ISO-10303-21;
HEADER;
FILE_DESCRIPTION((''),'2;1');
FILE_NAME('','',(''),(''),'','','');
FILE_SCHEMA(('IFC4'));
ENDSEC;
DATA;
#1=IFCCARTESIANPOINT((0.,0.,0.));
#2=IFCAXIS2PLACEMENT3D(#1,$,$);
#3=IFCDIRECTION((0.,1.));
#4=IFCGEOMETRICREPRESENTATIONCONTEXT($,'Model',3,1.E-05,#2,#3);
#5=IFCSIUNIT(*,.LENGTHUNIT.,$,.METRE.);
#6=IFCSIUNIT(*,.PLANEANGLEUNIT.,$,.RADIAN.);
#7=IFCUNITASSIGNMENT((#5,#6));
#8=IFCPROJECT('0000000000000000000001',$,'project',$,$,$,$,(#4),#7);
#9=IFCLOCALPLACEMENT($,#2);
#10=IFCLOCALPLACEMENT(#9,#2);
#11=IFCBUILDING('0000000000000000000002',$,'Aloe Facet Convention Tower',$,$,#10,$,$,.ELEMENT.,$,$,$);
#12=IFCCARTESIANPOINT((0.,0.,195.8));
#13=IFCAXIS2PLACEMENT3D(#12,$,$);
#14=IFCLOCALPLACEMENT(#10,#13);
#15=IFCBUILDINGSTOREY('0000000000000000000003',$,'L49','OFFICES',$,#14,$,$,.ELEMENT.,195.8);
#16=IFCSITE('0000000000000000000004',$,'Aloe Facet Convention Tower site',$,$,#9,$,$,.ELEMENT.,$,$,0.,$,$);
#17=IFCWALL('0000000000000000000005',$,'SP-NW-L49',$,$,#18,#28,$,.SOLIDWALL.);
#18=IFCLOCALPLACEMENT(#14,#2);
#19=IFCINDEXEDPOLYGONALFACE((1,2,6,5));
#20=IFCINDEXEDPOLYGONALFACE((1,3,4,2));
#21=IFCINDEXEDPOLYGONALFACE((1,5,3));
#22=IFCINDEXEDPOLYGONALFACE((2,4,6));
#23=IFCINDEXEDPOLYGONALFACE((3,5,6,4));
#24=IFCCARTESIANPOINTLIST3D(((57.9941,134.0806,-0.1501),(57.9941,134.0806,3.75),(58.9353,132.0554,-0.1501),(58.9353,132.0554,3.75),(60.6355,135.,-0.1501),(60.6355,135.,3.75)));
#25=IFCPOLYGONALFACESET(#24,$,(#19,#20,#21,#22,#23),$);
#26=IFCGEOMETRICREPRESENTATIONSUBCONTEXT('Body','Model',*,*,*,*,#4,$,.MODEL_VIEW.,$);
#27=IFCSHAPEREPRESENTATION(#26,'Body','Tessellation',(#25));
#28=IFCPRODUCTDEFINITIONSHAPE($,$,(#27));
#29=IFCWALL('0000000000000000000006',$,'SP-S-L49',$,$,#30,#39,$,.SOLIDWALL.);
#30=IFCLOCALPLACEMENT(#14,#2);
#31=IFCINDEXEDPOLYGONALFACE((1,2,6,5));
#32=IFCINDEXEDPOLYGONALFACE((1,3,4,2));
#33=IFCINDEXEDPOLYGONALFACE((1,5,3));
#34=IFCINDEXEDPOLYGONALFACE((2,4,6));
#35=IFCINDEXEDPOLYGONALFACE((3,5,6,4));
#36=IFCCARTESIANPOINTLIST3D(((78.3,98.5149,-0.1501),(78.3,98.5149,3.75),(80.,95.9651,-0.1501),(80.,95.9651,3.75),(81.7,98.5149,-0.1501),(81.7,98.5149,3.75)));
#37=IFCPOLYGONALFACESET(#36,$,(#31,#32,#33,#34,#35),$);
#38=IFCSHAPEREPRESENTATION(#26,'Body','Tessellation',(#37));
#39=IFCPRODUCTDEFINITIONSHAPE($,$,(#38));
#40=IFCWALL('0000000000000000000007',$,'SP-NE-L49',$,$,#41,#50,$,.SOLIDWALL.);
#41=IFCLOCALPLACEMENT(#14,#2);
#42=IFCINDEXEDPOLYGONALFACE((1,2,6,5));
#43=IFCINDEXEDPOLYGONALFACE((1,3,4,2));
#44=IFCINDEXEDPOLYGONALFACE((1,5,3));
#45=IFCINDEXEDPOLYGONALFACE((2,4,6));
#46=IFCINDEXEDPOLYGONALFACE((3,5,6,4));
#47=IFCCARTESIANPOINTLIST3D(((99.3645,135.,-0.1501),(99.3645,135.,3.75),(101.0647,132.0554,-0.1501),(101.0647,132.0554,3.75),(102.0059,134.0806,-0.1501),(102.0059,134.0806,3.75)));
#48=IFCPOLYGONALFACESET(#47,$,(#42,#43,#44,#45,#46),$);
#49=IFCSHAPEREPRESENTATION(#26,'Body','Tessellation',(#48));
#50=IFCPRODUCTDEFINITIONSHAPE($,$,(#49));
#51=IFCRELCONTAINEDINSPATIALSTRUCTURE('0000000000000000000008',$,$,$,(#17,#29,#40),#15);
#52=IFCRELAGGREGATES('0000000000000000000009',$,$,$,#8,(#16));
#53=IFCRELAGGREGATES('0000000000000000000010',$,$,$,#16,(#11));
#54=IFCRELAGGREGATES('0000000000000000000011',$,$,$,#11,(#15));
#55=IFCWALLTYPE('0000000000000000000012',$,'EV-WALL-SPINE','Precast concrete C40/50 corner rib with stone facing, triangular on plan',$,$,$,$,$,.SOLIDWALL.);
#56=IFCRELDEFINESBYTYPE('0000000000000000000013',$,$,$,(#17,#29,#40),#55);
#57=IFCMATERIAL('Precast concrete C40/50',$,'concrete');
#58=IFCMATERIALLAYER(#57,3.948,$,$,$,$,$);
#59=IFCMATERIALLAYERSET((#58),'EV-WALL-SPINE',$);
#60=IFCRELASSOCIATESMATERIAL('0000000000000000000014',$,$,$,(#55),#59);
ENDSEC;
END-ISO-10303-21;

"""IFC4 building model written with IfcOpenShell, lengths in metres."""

from ifc_helpers import new_model, si_unit, direction, frame, origin, place, context, subcontext, project, spatial, polyline, outline, extrude, material, layer, layer_set, type_object, element, save


model = new_model("IFC4")

# Units and contexts
model_context = context("Model", 3, precision=1e-05, world=origin(), true_north=direction((0.0, 1.0)))
body_context = subcontext(model_context, "Body", "Model", "MODEL_VIEW")
ifc_project = project(units=[si_unit("LENGTHUNIT", "METRE"), si_unit("PLANEANGLEUNIT", "RADIAN")], contexts=[model_context])

# Site, building, storey
site_placement = place(None, origin())
site = spatial("IfcSite", under=ifc_project, at=site_placement, Name="Aloe Facet Convention Tower site", CompositionType="ELEMENT", RefElevation=0.0)
building_placement = place(site_placement, origin())
building = spatial("IfcBuilding", under=site, at=building_placement, Name="Aloe Facet Convention Tower", CompositionType="ELEMENT")
storey_placement = place(building_placement, frame((0.0, 0.0, 195.8)))
storey = spatial("IfcBuildingStorey", under=building, at=storey_placement, Name="L49", Description="OFFICES", CompositionType="ELEMENT", Elevation=195.8)

# Walls
ifc_material_1 = material(Name="Precast concrete C40/50", Category="concrete")
ifc_layer_1 = layer(ifc_material_1, 3.948)
ifc_layer_set_1 = layer_set([ifc_layer_1], Name="EV-WALL-SPINE")
wall_type_1 = type_object("IfcWallType", Name="EV-WALL-SPINE", Description="Precast concrete C40/50 corner rib with stone facing, triangular on plan", PredefinedType="SOLIDWALL", material=ifc_layer_set_1)
wall_1_placement = place(storey_placement, frame((0.0, 0.0, -0.1501)))
element("IfcWall", 1, at=wall_1_placement, inside=storey, type_object=wall_type_1, Name="SP-NW-L49", PredefinedType="SOLIDWALL", context=body_context, shape_type="SweptSolid", body=[
    extrude(outline(polyline([(60.6355, 135.0), (57.9941, 134.0806), (58.9353, 132.0554), (60.6355, 135.0)])), origin(), (0.0, 0.0, 1.0), 3.9001),
])
wall_2_placement = place(storey_placement, frame((0.0, 0.0, -0.1501)))
element("IfcWall", 2, at=wall_2_placement, inside=storey, type_object=wall_type_1, Name="SP-S-L49", PredefinedType="SOLIDWALL", context=body_context, shape_type="SweptSolid", body=[
    extrude(outline(polyline([(78.3, 98.5149), (80.0, 95.9651), (81.7, 98.5149), (78.3, 98.5149)])), origin(), (0.0, 0.0, 1.0), 3.9001),
])
wall_3_placement = place(storey_placement, frame((0.0, 0.0, -0.1501)))
element("IfcWall", 3, at=wall_3_placement, inside=storey, type_object=wall_type_1, Name="SP-NE-L49", PredefinedType="SOLIDWALL", context=body_context, shape_type="SweptSolid", body=[
    extrude(outline(polyline([(101.0647, 132.0554), (102.0059, 134.0806), (99.3645, 135.0), (101.0647, 132.0554)])), origin(), (0.0, 0.0, 1.0), 3.9001),
])

save(model, "model.ifc")
